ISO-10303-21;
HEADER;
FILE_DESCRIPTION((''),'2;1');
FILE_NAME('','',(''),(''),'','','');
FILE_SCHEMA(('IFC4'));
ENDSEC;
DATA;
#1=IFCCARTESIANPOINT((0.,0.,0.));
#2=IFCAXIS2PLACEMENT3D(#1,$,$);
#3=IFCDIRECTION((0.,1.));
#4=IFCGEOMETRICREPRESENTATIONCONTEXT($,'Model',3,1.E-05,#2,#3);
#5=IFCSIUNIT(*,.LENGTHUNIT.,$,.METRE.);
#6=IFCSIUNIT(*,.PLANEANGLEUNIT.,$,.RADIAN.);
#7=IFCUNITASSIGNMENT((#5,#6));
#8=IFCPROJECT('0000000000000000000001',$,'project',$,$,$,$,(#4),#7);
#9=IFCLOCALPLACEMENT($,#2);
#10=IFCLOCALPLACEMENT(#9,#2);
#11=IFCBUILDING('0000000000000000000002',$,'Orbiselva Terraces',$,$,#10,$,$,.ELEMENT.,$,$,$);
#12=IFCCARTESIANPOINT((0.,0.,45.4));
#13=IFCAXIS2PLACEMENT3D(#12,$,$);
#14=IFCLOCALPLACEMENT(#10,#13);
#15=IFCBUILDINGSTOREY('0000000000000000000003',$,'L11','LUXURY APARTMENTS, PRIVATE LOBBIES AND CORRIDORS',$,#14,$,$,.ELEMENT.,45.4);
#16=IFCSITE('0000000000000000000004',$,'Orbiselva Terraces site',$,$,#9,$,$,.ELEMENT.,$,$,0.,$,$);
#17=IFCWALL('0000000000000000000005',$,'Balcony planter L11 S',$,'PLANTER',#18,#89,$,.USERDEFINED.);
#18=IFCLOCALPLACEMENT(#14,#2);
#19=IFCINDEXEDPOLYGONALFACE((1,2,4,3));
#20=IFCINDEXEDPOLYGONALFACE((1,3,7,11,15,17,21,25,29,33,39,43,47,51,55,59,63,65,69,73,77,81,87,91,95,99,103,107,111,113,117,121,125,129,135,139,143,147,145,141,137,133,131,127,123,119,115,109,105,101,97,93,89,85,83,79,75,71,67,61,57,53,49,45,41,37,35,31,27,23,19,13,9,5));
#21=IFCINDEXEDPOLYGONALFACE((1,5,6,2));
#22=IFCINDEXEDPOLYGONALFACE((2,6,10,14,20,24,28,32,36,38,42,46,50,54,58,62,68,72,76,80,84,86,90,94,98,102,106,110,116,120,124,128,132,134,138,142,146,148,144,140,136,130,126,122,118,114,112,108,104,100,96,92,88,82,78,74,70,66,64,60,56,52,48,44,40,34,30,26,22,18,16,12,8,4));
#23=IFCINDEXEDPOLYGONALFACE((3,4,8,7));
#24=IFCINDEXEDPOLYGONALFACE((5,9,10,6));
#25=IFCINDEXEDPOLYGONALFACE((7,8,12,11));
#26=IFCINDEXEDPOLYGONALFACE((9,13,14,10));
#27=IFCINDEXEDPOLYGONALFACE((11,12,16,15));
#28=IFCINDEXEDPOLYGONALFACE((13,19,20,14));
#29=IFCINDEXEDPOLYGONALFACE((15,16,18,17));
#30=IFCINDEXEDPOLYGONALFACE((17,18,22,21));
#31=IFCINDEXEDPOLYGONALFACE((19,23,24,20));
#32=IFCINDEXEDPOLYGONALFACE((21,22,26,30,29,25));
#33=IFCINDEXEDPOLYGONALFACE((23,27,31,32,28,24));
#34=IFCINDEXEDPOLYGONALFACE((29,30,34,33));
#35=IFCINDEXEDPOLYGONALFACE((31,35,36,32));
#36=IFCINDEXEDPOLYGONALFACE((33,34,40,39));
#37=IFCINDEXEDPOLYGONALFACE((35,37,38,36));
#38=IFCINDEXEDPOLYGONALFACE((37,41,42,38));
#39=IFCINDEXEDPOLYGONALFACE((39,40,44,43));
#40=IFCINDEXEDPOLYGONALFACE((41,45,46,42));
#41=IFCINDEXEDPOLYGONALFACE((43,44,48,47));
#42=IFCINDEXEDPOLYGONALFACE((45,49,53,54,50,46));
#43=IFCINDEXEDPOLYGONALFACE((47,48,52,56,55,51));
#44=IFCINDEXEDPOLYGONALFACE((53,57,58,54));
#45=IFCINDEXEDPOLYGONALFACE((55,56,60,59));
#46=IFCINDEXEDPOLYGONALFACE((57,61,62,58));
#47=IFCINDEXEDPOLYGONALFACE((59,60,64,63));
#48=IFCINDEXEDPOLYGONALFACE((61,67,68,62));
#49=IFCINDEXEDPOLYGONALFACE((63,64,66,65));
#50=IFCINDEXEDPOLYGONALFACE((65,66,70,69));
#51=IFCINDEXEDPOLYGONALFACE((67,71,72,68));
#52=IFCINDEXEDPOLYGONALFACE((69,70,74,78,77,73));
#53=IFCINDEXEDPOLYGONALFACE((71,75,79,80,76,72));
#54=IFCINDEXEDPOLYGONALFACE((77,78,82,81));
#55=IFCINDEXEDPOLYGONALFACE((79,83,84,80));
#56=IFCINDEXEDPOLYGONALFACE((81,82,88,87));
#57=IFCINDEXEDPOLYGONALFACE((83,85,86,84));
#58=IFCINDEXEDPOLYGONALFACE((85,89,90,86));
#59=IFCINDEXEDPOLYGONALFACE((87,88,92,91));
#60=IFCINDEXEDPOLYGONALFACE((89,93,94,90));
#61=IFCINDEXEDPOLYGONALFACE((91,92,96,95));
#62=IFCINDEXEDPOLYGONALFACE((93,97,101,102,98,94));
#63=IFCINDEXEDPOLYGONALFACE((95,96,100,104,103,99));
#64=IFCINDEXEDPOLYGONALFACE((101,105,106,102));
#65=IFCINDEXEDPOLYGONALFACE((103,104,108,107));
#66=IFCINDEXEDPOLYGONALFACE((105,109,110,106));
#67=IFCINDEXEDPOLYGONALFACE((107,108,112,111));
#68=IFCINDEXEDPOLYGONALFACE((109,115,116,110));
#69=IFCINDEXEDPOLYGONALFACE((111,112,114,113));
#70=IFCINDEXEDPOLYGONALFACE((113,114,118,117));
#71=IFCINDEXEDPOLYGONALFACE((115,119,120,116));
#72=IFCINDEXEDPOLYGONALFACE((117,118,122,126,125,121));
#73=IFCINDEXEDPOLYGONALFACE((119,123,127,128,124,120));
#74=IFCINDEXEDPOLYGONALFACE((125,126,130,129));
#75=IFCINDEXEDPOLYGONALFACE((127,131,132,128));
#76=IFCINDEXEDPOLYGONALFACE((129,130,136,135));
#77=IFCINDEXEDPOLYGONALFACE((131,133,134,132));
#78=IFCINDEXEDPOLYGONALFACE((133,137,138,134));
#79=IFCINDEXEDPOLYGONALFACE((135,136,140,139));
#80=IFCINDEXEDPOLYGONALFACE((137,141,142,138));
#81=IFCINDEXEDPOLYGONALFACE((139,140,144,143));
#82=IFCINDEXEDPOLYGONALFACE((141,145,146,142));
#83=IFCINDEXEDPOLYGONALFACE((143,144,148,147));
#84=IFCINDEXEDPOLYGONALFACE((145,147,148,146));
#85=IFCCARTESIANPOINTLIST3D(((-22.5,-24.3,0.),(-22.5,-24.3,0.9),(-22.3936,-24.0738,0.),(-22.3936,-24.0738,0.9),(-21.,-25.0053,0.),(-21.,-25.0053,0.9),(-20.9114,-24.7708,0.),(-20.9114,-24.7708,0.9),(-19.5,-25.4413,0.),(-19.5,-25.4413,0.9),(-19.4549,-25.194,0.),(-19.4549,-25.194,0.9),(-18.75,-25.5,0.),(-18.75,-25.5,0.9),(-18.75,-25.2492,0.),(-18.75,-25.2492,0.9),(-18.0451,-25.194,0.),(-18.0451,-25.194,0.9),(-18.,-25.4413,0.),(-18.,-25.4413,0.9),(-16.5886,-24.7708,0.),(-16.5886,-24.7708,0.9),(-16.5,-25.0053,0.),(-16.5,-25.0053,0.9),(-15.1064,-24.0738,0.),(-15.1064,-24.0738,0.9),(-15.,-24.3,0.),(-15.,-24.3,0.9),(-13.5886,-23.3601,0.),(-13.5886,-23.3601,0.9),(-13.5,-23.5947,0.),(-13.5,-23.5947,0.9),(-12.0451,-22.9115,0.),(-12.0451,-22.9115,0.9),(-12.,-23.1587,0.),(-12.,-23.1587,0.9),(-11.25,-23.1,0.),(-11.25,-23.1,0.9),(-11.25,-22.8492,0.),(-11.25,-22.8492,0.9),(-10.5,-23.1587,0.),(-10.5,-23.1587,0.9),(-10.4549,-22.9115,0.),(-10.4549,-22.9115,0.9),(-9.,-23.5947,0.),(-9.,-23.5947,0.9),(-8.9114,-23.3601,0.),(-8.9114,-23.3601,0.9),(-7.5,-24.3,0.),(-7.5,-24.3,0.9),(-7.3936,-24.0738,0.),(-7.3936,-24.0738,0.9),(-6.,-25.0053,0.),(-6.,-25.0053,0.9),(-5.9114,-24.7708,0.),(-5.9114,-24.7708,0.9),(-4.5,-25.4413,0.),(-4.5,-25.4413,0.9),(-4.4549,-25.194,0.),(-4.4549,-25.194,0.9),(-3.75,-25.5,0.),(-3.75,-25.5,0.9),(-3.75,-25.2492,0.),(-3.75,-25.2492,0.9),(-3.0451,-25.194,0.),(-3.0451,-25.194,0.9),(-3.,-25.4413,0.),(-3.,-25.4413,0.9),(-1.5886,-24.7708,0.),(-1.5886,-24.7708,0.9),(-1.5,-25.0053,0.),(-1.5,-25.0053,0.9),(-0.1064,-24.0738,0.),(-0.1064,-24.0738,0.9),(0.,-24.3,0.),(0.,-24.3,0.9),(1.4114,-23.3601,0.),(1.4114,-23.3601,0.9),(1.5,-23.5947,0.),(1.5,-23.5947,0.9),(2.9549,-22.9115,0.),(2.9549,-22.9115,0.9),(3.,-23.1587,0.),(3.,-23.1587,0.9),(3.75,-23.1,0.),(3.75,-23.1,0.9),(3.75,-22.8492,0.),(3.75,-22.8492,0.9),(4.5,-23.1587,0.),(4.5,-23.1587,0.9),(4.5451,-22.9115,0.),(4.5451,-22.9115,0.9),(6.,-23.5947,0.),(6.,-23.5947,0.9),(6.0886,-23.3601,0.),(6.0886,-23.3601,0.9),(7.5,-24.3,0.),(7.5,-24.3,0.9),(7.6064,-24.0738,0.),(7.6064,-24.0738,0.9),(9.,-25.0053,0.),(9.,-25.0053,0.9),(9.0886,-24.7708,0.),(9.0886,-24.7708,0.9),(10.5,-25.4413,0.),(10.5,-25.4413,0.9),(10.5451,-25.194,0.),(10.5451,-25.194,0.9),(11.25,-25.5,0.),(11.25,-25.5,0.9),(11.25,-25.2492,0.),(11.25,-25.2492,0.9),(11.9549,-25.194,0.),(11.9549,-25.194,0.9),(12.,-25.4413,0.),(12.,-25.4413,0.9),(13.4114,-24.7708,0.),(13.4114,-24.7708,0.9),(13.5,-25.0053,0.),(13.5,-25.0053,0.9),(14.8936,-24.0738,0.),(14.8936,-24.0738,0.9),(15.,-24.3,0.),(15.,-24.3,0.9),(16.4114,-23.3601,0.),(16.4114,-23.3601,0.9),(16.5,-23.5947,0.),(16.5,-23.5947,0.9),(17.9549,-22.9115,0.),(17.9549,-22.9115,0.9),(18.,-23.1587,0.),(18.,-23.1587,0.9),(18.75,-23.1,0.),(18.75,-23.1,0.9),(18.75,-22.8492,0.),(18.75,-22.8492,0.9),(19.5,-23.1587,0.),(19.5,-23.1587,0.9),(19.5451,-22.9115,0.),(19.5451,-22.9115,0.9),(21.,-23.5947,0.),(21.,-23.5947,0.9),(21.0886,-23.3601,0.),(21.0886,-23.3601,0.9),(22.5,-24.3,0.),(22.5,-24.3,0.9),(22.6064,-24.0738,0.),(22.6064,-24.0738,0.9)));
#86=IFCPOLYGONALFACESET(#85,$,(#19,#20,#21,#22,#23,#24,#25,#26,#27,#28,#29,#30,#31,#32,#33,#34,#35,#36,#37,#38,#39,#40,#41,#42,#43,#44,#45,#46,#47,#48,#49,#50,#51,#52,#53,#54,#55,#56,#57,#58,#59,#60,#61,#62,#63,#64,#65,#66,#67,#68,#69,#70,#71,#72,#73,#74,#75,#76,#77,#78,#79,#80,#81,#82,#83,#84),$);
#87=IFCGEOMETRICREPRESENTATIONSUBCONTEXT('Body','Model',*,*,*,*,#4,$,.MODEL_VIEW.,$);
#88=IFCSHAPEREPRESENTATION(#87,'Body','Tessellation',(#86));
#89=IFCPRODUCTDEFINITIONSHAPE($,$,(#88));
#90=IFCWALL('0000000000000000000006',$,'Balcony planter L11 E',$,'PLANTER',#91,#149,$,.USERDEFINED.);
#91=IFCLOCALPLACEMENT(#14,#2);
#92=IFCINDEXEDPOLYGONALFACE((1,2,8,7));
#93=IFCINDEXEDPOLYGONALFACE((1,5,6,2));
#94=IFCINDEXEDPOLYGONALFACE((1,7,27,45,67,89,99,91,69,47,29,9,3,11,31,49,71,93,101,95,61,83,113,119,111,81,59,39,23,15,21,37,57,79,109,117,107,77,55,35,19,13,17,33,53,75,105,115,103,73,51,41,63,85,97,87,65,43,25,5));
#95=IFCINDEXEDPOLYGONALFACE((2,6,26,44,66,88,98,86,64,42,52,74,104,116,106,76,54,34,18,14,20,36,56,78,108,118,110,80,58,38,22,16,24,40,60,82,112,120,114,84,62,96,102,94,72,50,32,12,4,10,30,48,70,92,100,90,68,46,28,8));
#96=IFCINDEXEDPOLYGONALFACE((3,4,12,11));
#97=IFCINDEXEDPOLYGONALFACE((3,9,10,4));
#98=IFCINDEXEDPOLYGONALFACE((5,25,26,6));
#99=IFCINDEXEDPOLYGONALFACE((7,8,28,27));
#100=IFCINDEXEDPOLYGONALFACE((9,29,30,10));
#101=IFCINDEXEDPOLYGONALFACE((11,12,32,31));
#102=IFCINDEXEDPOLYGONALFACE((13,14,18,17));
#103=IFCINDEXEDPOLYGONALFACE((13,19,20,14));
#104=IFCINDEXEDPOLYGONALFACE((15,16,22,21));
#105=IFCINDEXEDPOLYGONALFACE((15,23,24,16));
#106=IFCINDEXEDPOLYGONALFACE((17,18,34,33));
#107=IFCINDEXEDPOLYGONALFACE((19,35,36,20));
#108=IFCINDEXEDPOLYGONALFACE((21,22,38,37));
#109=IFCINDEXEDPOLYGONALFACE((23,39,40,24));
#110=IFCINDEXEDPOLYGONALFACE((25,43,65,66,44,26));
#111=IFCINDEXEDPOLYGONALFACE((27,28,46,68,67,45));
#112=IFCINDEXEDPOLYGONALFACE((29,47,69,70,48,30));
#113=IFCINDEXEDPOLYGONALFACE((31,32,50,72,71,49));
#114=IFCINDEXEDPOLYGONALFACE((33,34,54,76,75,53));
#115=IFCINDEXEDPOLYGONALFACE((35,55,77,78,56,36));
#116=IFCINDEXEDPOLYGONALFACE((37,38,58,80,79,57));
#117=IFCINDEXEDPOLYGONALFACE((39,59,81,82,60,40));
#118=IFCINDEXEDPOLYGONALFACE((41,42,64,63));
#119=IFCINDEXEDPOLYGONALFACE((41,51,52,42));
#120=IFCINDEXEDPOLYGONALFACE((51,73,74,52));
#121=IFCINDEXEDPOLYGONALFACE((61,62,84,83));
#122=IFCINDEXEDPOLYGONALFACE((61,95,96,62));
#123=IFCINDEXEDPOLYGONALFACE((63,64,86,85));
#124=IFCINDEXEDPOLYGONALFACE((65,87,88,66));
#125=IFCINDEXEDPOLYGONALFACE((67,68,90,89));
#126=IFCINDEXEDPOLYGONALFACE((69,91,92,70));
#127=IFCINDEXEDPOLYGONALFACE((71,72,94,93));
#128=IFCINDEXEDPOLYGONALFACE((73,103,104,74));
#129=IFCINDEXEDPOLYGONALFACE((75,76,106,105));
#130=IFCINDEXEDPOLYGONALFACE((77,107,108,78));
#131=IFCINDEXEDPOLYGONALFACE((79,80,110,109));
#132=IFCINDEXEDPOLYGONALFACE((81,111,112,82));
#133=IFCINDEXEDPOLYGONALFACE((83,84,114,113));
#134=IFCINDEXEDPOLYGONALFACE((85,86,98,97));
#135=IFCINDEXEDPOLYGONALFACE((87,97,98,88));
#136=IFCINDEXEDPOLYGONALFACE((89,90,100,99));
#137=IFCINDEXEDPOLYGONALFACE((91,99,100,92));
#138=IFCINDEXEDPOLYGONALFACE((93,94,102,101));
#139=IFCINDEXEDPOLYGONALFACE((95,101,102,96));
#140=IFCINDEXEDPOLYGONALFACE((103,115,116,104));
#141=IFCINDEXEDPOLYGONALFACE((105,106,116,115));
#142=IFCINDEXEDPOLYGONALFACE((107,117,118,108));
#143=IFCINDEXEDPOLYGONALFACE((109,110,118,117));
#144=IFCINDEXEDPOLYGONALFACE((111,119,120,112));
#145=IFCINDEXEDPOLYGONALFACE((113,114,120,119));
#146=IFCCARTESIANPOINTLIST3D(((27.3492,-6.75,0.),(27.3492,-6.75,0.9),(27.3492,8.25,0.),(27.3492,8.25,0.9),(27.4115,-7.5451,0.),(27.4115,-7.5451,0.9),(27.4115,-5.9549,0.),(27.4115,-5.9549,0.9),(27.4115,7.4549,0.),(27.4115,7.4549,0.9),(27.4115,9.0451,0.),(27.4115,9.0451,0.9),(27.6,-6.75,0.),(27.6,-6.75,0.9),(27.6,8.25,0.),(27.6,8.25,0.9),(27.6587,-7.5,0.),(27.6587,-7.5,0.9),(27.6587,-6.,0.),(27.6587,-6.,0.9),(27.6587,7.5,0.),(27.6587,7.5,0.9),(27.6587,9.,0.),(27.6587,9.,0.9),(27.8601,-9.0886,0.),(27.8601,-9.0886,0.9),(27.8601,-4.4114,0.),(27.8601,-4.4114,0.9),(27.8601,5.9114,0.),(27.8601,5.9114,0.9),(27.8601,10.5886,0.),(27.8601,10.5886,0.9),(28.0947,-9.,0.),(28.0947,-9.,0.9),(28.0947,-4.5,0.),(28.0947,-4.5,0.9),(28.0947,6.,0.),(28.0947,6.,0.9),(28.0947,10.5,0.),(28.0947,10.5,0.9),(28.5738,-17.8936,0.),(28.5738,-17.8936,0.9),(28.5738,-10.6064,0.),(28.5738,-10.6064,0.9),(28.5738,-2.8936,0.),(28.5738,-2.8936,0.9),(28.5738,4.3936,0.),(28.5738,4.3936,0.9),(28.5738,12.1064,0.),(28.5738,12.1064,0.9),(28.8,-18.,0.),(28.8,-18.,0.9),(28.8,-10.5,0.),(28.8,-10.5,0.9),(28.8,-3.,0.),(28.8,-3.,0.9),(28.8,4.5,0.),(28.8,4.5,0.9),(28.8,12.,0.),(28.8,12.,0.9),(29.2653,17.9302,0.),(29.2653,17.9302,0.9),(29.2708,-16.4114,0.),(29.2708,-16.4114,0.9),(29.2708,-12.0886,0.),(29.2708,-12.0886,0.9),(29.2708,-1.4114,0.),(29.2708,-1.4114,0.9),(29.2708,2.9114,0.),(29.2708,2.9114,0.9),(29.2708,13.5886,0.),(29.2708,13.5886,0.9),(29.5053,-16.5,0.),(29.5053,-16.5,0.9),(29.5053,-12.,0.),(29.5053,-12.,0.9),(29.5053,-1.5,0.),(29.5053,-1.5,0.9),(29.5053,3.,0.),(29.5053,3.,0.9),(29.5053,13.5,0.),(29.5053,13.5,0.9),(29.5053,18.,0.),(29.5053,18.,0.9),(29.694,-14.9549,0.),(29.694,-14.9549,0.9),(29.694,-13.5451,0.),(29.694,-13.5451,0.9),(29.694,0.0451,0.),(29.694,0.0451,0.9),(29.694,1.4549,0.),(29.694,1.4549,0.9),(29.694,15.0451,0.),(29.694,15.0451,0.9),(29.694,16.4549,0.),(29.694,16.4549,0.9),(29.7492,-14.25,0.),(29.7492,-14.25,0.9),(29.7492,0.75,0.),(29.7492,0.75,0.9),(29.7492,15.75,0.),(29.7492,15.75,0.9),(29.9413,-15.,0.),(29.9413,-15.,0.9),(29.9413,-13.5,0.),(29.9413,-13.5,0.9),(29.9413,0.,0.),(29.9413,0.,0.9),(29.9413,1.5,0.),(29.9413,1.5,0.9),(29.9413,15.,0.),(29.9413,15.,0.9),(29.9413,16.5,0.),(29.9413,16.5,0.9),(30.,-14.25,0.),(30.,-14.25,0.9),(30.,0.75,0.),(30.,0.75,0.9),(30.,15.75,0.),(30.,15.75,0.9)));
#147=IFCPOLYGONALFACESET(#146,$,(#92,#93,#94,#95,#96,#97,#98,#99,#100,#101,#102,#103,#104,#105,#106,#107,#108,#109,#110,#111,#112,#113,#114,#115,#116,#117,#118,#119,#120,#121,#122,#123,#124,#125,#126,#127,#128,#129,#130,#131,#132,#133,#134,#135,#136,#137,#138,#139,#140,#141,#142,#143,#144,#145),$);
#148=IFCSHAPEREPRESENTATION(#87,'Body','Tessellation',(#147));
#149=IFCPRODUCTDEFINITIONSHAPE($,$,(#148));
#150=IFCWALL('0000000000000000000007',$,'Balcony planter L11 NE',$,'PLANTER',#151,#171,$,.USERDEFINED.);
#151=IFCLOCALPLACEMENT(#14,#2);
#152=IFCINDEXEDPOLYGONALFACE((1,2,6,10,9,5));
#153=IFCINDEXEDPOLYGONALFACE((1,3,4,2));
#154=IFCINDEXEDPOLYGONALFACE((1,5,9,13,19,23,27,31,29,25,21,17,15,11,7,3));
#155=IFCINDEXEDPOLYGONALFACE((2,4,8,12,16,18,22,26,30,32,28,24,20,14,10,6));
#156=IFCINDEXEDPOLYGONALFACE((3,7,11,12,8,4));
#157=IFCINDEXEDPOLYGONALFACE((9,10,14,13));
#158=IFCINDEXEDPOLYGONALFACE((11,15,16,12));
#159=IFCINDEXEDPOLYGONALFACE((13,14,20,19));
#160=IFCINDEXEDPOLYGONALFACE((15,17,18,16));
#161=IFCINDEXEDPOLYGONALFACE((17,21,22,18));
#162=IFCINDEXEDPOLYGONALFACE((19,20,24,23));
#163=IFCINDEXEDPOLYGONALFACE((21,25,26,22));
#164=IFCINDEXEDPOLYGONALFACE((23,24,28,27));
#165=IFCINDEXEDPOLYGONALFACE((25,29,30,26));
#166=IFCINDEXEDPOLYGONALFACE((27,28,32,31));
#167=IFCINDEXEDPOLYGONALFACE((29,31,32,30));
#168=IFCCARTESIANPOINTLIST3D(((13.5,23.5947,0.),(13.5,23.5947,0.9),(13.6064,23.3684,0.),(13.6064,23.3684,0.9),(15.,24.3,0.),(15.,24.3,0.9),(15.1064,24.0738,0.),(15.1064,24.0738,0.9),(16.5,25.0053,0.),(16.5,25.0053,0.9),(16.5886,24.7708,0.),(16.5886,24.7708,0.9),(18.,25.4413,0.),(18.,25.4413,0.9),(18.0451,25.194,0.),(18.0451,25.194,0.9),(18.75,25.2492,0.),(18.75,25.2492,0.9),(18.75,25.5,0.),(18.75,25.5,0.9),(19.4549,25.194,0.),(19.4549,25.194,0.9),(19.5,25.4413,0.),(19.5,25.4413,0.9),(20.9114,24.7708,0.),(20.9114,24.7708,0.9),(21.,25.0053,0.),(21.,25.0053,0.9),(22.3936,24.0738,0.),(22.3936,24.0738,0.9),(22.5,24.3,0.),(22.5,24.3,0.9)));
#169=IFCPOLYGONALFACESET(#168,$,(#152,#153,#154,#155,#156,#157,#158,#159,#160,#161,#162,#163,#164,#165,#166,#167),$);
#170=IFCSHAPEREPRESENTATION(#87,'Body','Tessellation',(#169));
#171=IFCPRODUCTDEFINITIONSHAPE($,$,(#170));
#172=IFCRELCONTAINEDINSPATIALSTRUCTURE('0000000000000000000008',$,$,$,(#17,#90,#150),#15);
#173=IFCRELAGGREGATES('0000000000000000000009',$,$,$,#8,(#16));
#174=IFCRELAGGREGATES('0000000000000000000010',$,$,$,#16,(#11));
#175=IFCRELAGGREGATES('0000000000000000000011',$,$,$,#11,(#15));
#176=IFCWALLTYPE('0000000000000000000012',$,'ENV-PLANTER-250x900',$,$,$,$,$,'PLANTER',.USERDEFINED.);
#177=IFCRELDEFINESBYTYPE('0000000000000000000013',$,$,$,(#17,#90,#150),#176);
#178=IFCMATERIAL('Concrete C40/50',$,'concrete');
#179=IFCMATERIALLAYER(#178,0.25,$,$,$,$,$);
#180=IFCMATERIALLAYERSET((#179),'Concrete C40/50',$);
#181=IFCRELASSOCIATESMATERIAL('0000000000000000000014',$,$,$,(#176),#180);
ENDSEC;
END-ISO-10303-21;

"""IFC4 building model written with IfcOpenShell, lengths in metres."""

from ifc_helpers import new_model, si_unit, direction, frame, origin, place, context, subcontext, project, spatial, polyline, outline, extrude, material, layer, layer_set, type_object, element, save


model = new_model("IFC4")

# Units and contexts
model_context = context("Model", 3, precision=1e-05, world=origin(), true_north=direction((0.0, 1.0)))
body_context = subcontext(model_context, "Body", "Model", "MODEL_VIEW")
ifc_project = project(units=[si_unit("LENGTHUNIT", "METRE"), si_unit("PLANEANGLEUNIT", "RADIAN")], contexts=[model_context])

# Site, building, storey
site_placement = place(None, origin())
site = spatial("IfcSite", under=ifc_project, at=site_placement, Name="Orbiselva Terraces site", CompositionType="ELEMENT", RefElevation=0.0)
building_placement = place(site_placement, origin())
building = spatial("IfcBuilding", under=site, at=building_placement, Name="Orbiselva Terraces", CompositionType="ELEMENT")
storey_placement = place(building_placement, frame((0.0, 0.0, 45.4)))
storey = spatial("IfcBuildingStorey", under=building, at=storey_placement, Name="L11", Description="LUXURY APARTMENTS, PRIVATE LOBBIES AND CORRIDORS", CompositionType="ELEMENT", Elevation=45.4)

# Shared definitions
ifc_material_1 = material(Name="Concrete C40/50", Category="concrete")

# Walls
ifc_layer_1 = layer(ifc_material_1, 0.25)
ifc_layer_set_1 = layer_set([ifc_layer_1], Name="Concrete C40/50")
wall_type = type_object("IfcWallType", Name="ENV-PLANTER-250x900", ElementType="PLANTER", PredefinedType="USERDEFINED", material=ifc_layer_set_1)
wall_1_placement = place(storey_placement, origin())
element("IfcWall", 1, at=wall_1_placement, inside=storey, type_object=wall_type, Name="Balcony planter L11 S", ObjectType="PLANTER", PredefinedType="USERDEFINED", context=body_context, shape_type="SweptSolid", body=[
    extrude(outline(polyline([(-22.5, -24.3), (-21.0, -25.0053), (-19.5, -25.4413), (-18.75, -25.5), (-18.0, -25.4413), (-16.5, -25.0053), (-15.0, -24.3), (-13.5, -23.5947), (-12.0, -23.1587), (-11.25, -23.1), (-10.5, -23.1587), (-9.0, -23.5947), (-7.5, -24.3), (-6.0, -25.0053), (-4.5, -25.4413), (-3.75, -25.5), (-3.0, -25.4413), (-1.5, -25.0053), (0.0, -24.3), (1.5, -23.5947), (3.0, -23.1587), (3.75, -23.1), (4.5, -23.1587), (6.0, -23.5947), (7.5, -24.3), (9.0, -25.0053), (10.5, -25.4413), (11.25, -25.5), (12.0, -25.4413), (13.5, -25.0053), (15.0, -24.3), (16.5, -23.5947), (18.0, -23.1587), (18.75, -23.1), (19.5, -23.1587), (21.0, -23.5947), (22.5, -24.3), (22.6064, -24.0738), (21.0886, -23.3601), (19.5451, -22.9115), (18.75, -22.8492), (17.9549, -22.9115), (16.4114, -23.3601), (14.8936, -24.0738), (13.4114, -24.7708), (11.9549, -25.194), (11.25, -25.2492), (10.5451, -25.194), (9.0886, -24.7708), (7.6064, -24.0738), (6.0886, -23.3601), (4.5451, -22.9115), (3.75, -22.8492), (2.9549, -22.9115), (1.4114, -23.3601), (-0.1064, -24.0738), (-1.5886, -24.7708), (-3.0451, -25.194), (-3.75, -25.2492), (-4.4549, -25.194), (-5.9114, -24.7708), (-7.3936, -24.0738), (-8.9114, -23.3601), (-10.4549, -22.9115), (-11.25, -22.8492), (-12.0451, -22.9115), (-13.5886, -23.3601), (-15.1064, -24.0738), (-16.5886, -24.7708), (-18.0451, -25.194), (-18.75, -25.2492), (-19.4549, -25.194), (-20.9114, -24.7708), (-22.3936, -24.0738), (-22.5, -24.3)])), origin(), (0.0, 0.0, 1.0), 0.9),
])
wall_2_placement = place(storey_placement, origin())
element("IfcWall", 2, at=wall_2_placement, inside=storey, type_object=wall_type, Name="Balcony planter L11 E", ObjectType="PLANTER", PredefinedType="USERDEFINED", context=body_context, shape_type="SweptSolid", body=[
    extrude(outline(polyline([(28.8, -18.0), (29.5053, -16.5), (29.9413, -15.0), (30.0, -14.25), (29.9413, -13.5), (29.5053, -12.0), (28.8, -10.5), (28.0947, -9.0), (27.6587, -7.5), (27.6, -6.75), (27.6587, -6.0), (28.0947, -4.5), (28.8, -3.0), (29.5053, -1.5), (29.9413, 0.0), (30.0, 0.75), (29.9413, 1.5), (29.5053, 3.0), (28.8, 4.5), (28.0947, 6.0), (27.6587, 7.5), (27.6, 8.25), (27.6587, 9.0), (28.0947, 10.5), (28.8, 12.0), (29.5053, 13.5), (29.9413, 15.0), (30.0, 15.75), (29.9413, 16.5), (29.5053, 18.0), (29.2653, 17.9302), (29.694, 16.4549), (29.7492, 15.75), (29.694, 15.0451), (29.2708, 13.5886), (28.5738, 12.1064), (27.8601, 10.5886), (27.4115, 9.0451), (27.3492, 8.25), (27.4115, 7.4549), (27.8601, 5.9114), (28.5738, 4.3936), (29.2708, 2.9114), (29.694, 1.4549), (29.7492, 0.75), (29.694, 0.0451), (29.2708, -1.4114), (28.5738, -2.8936), (27.8601, -4.4114), (27.4115, -5.9549), (27.3492, -6.75), (27.4115, -7.5451), (27.8601, -9.0886), (28.5738, -10.6064), (29.2708, -12.0886), (29.694, -13.5451), (29.7492, -14.25), (29.694, -14.9549), (29.2708, -16.4114), (28.5738, -17.8936), (28.8, -18.0)])), origin(), (0.0, 0.0, 1.0), 0.9),
])
wall_3_placement = place(storey_placement, origin())
element("IfcWall", 3, at=wall_3_placement, inside=storey, type_object=wall_type, Name="Balcony planter L11 NE", ObjectType="PLANTER", PredefinedType="USERDEFINED", context=body_context, shape_type="SweptSolid", body=[
    extrude(outline(polyline([(22.5, 24.3), (21.0, 25.0053), (19.5, 25.4413), (18.75, 25.5), (18.0, 25.4413), (16.5, 25.0053), (15.0, 24.3), (13.5, 23.5947), (13.6064, 23.3684), (15.1064, 24.0738), (16.5886, 24.7708), (18.0451, 25.194), (18.75, 25.2492), (19.4549, 25.194), (20.9114, 24.7708), (22.3936, 24.0738), (22.5, 24.3)])), origin(), (0.0, 0.0, 1.0), 0.9),
])

save(model, "model.ifc")
